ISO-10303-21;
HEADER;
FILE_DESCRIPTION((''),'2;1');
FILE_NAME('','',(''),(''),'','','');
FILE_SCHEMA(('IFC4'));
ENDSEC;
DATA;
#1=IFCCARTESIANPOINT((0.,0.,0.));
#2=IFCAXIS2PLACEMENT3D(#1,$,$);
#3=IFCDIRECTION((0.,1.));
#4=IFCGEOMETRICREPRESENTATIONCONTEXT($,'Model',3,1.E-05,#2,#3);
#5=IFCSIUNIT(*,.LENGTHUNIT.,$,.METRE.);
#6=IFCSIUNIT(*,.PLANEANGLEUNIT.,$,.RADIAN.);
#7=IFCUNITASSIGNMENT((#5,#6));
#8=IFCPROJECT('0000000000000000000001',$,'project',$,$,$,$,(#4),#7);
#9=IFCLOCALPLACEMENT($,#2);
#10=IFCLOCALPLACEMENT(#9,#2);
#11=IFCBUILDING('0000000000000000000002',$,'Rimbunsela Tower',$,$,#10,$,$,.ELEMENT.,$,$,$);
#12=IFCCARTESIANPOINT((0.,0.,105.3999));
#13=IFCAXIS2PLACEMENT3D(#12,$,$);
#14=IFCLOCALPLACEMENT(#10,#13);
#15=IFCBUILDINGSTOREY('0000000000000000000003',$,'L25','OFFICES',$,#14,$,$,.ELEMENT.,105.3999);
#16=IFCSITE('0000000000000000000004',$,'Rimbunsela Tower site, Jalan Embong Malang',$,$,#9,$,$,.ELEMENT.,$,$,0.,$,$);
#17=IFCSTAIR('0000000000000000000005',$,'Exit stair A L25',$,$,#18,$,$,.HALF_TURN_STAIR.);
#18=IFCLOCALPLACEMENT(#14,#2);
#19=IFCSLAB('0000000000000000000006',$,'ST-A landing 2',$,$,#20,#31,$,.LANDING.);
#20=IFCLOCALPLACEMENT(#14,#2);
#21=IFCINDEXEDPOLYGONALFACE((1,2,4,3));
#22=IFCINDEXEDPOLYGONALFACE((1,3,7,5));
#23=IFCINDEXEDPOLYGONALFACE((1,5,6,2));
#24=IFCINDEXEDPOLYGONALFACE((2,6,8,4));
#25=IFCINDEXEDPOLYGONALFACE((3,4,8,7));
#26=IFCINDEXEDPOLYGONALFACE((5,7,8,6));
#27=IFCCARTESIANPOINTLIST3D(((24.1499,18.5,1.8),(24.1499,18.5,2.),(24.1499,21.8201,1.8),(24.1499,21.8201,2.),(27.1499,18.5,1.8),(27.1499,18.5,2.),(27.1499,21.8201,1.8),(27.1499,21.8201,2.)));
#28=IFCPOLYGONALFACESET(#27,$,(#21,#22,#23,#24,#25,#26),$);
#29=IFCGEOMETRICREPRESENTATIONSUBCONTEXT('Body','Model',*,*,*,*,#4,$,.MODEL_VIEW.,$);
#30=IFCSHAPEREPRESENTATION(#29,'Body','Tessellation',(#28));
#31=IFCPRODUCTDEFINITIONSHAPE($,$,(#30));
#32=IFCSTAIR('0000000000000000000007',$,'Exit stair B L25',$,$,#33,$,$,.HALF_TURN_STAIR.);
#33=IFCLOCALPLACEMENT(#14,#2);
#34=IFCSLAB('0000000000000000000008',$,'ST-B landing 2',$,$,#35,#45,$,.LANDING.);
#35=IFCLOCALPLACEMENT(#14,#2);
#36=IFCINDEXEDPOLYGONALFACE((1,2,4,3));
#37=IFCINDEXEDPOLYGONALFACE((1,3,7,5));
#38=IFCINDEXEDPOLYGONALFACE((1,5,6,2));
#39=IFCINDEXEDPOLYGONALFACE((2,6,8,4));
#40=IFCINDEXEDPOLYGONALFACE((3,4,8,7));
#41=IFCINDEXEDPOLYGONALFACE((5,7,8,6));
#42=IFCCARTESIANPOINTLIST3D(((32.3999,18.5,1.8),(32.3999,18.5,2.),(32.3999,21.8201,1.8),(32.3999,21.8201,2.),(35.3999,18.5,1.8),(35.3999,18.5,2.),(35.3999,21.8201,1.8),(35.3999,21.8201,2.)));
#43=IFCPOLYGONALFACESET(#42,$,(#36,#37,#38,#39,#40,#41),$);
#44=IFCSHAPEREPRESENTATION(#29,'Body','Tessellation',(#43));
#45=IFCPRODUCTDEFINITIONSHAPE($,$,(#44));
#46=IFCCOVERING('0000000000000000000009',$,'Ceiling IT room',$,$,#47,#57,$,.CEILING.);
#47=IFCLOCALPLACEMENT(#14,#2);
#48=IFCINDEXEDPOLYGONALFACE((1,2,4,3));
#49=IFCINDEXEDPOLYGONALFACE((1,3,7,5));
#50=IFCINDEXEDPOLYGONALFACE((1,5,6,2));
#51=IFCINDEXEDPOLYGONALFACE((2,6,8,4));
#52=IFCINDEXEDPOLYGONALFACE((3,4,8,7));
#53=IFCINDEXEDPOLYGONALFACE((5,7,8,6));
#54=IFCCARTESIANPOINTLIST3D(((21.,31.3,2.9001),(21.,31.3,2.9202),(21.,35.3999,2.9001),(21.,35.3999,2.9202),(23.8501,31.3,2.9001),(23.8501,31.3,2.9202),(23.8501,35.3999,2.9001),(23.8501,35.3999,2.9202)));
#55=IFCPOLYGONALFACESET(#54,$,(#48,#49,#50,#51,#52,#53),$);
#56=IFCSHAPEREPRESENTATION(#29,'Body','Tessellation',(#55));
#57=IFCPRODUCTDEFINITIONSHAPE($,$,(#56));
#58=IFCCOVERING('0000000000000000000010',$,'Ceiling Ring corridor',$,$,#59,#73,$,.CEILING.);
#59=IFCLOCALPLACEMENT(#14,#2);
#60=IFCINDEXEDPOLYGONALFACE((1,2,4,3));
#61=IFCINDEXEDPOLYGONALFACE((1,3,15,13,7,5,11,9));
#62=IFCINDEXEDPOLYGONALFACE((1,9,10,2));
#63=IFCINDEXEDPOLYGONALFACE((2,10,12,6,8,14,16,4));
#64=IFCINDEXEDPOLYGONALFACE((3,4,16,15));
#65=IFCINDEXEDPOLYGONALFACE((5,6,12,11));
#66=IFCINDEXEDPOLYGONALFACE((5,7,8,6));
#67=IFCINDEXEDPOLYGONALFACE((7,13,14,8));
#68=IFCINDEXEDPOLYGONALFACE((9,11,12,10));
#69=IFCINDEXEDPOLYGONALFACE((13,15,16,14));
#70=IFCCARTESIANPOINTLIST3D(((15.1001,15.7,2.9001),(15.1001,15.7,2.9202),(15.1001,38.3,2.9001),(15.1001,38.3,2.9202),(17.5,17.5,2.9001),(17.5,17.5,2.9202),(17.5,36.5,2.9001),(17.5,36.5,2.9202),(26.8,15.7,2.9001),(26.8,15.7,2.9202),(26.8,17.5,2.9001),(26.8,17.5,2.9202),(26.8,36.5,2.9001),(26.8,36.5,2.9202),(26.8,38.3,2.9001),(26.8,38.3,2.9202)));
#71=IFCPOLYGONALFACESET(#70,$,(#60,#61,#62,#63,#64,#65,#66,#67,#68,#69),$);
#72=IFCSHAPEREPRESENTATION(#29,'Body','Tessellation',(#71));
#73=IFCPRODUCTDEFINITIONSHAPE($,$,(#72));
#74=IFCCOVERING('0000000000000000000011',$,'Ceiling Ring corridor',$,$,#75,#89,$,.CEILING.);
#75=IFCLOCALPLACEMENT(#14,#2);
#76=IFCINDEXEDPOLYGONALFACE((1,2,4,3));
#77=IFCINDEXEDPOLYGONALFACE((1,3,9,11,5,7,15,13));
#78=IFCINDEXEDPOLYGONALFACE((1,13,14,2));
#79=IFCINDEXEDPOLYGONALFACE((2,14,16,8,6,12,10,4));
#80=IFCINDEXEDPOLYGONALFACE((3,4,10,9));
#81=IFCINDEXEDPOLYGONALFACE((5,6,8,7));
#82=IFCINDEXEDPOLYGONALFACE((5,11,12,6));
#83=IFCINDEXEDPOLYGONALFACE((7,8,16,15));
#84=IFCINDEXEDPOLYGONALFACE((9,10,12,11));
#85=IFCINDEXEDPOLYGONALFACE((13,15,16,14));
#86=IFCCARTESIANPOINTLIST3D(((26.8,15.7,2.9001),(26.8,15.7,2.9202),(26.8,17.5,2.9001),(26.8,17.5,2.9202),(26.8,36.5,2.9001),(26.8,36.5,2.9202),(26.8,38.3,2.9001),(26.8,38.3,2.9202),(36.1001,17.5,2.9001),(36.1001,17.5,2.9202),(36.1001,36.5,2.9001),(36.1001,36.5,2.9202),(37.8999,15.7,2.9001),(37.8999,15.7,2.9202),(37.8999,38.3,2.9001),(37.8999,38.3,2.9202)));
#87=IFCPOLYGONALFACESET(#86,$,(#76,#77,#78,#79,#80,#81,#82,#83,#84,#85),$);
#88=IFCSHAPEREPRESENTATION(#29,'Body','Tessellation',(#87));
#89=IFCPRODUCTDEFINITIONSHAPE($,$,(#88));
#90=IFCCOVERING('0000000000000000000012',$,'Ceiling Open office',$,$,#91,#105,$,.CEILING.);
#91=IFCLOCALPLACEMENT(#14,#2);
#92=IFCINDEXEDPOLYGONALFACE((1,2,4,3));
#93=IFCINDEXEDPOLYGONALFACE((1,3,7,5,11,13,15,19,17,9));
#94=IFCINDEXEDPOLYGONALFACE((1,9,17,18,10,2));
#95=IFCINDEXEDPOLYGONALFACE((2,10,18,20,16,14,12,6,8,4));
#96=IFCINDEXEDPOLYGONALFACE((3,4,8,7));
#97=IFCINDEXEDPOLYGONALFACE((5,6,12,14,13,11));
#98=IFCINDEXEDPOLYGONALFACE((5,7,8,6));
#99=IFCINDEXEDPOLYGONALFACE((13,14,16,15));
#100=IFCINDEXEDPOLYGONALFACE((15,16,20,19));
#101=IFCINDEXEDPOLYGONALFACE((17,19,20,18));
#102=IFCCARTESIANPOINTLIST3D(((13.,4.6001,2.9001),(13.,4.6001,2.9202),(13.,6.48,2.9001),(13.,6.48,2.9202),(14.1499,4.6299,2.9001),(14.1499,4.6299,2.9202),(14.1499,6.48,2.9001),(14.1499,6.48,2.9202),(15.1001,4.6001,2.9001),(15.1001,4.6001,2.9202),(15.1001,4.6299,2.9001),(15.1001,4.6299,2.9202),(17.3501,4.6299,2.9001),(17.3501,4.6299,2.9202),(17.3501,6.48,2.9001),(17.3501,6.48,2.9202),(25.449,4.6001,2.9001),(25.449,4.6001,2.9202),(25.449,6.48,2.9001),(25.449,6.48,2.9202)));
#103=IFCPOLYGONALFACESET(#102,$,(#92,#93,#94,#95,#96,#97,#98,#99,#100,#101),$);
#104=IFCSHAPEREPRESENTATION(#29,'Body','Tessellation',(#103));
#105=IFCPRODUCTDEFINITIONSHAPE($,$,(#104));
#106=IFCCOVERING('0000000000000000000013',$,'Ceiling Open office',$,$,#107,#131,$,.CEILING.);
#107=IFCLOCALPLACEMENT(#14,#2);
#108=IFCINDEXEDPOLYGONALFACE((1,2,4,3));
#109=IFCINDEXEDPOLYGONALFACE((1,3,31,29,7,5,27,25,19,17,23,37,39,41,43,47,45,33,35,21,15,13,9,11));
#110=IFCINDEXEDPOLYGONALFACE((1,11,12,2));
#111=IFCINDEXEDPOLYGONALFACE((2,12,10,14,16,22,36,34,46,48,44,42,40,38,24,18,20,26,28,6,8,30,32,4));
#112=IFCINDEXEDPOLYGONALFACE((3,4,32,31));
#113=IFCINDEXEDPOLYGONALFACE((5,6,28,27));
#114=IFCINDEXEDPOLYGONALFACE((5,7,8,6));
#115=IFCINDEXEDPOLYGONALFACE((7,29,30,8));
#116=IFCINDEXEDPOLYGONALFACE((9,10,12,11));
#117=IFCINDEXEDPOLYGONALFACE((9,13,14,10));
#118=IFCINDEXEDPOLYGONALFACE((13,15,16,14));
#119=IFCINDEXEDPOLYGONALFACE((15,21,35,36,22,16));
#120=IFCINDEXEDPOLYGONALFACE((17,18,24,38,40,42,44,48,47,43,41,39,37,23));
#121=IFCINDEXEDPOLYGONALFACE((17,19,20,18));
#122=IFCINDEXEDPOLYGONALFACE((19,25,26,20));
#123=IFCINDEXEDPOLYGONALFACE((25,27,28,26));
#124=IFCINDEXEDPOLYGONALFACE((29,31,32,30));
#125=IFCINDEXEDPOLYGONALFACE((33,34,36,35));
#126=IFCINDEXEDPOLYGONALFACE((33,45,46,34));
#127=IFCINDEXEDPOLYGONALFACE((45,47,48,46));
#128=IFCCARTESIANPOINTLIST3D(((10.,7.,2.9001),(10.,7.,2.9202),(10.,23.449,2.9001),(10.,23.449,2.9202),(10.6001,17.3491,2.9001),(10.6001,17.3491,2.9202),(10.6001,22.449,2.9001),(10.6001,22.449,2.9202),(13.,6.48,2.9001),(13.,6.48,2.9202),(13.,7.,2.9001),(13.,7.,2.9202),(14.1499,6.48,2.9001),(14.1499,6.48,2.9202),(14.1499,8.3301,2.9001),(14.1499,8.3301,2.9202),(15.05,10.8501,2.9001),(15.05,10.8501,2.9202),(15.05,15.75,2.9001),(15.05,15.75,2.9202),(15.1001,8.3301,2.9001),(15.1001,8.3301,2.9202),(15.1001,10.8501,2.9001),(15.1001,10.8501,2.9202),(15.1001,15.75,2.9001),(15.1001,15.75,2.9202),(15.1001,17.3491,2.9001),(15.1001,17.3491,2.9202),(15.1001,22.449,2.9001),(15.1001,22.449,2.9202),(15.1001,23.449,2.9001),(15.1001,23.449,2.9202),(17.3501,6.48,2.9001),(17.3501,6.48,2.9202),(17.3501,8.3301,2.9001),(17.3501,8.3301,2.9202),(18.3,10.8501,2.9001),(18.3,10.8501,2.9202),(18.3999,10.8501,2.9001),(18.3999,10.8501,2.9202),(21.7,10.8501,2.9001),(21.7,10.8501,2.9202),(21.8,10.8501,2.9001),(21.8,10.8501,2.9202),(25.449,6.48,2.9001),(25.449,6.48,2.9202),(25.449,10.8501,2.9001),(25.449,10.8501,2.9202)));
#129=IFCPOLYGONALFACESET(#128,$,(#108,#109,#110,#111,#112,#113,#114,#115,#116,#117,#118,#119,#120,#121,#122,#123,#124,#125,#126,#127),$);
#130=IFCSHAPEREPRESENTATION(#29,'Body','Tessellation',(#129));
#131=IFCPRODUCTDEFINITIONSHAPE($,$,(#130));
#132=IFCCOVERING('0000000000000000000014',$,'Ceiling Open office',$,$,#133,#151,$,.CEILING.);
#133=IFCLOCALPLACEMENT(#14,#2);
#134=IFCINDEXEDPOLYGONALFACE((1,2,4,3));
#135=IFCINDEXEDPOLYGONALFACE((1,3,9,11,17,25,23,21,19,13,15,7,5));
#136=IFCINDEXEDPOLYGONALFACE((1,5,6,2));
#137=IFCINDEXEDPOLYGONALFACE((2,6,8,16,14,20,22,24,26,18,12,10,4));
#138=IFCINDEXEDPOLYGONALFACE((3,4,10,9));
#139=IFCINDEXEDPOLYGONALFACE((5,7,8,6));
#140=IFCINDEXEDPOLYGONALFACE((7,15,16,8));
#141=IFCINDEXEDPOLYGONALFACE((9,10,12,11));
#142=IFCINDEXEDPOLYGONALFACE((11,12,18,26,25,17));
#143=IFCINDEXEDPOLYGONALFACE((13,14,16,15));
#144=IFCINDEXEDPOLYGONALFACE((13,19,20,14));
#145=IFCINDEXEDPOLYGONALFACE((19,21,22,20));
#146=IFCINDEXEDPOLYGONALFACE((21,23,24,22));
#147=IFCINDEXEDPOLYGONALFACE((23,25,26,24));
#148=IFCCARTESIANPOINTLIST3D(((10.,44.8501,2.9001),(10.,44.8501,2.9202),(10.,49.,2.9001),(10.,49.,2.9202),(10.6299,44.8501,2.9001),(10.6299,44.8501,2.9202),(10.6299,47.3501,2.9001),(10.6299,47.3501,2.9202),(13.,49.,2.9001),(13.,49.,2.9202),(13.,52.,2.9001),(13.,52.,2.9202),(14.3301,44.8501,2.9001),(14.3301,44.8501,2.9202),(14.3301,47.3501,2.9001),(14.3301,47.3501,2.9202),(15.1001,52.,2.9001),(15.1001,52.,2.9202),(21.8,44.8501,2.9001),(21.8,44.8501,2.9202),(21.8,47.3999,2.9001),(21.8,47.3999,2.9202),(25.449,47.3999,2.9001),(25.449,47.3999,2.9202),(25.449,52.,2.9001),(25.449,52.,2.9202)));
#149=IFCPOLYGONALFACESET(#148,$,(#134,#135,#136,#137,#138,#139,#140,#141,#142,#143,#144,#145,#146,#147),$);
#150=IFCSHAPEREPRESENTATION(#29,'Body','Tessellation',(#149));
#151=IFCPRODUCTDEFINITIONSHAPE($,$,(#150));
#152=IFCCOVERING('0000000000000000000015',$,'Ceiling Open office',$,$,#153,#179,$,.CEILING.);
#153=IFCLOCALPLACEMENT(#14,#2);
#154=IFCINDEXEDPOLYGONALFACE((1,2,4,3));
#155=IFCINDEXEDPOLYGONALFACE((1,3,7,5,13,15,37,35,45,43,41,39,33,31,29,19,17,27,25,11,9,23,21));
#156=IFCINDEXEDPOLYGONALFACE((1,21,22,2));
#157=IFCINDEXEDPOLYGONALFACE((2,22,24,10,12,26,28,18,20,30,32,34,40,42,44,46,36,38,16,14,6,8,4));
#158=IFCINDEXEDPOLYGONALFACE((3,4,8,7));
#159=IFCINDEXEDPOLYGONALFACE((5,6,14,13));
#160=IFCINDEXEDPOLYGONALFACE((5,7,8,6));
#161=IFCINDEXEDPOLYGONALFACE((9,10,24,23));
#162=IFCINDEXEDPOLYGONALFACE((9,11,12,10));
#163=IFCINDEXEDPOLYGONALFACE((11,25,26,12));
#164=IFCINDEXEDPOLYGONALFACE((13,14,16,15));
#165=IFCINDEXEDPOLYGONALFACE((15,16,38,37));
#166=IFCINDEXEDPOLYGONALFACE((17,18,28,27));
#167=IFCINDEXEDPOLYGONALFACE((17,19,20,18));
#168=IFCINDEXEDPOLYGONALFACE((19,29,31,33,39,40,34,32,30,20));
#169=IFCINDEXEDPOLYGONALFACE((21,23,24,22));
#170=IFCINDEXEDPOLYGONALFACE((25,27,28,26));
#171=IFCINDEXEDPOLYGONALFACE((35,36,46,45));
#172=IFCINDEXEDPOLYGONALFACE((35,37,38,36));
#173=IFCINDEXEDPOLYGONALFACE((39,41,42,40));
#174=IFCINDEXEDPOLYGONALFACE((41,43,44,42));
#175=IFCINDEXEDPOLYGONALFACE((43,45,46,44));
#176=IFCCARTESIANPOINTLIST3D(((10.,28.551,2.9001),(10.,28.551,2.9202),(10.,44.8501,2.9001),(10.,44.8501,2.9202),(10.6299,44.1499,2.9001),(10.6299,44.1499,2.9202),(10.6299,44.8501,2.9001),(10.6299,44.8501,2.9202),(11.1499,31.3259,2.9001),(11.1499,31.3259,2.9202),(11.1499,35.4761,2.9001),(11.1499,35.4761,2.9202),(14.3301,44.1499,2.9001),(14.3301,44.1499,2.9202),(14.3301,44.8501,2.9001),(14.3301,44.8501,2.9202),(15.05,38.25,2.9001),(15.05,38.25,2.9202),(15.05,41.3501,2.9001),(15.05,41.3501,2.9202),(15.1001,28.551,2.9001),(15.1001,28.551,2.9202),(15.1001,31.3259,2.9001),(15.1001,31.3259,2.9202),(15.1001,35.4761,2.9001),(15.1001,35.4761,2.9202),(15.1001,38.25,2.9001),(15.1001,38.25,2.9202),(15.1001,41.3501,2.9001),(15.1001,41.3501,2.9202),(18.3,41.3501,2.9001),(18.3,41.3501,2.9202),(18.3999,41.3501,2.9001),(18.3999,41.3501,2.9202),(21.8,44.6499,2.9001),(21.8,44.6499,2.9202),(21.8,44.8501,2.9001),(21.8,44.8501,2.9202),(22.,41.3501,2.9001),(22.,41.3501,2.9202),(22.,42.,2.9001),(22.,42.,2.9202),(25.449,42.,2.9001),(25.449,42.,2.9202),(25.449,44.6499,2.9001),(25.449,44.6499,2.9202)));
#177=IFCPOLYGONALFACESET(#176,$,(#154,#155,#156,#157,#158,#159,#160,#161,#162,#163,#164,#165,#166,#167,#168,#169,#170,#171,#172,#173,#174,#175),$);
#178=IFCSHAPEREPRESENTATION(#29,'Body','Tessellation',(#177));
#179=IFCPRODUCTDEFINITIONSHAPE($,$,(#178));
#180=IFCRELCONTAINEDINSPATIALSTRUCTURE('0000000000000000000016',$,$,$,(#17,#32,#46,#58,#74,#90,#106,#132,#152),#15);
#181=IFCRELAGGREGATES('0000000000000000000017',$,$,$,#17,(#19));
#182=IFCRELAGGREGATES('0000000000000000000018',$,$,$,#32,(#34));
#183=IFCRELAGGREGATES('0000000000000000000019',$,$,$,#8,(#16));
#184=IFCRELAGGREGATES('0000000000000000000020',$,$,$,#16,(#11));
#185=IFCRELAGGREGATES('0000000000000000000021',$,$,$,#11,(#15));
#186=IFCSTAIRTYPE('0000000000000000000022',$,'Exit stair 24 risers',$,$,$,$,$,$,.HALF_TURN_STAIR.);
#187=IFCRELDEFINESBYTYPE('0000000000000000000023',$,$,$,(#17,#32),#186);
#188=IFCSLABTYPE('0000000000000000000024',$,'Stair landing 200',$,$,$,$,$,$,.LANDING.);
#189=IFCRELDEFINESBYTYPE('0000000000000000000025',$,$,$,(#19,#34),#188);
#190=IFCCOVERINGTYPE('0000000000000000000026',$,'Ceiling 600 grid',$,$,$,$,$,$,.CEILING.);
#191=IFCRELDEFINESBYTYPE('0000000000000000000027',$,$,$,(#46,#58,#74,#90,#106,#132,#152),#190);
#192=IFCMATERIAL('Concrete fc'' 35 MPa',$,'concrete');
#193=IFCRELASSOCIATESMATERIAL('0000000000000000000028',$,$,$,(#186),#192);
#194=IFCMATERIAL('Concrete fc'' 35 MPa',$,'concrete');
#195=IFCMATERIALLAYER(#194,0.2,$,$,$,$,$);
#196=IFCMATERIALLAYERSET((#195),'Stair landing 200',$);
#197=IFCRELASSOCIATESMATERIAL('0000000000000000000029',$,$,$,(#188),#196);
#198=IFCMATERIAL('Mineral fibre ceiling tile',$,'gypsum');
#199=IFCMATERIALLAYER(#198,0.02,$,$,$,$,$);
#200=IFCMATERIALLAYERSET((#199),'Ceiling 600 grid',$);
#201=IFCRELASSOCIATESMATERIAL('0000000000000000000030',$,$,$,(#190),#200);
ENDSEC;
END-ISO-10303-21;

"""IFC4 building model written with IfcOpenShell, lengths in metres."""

from ifc_helpers import new_model, si_unit, direction, frame, origin, place, context, subcontext, project, spatial, polyline, outline, extrude, material, layer, layer_set, type_object, element, aggregate, save


model = new_model("IFC4")

# Units and contexts
model_context = context("Model", 3, precision=1e-05, world=origin(), true_north=direction((0.0, 1.0)))
body_context = subcontext(model_context, "Body", "Model", "MODEL_VIEW")
ifc_project = project(units=[si_unit("LENGTHUNIT", "METRE"), si_unit("PLANEANGLEUNIT", "RADIAN")], contexts=[model_context])

# Site, building, storey
site_placement = place(None, origin())
site = spatial("IfcSite", under=ifc_project, at=site_placement, Name="Rimbunsela Tower site, Jalan Embong Malang", CompositionType="ELEMENT", RefElevation=0.0)
building_placement = place(site_placement, origin())
building = spatial("IfcBuilding", under=site, at=building_placement, Name="Rimbunsela Tower", CompositionType="ELEMENT")
storey_placement = place(building_placement, frame((0.0, 0.0, 105.3999)))
storey = spatial("IfcBuildingStorey", under=building, at=storey_placement, Name="L25", Description="OFFICES", CompositionType="ELEMENT", Elevation=105.3999)

# Stairs, slabs
ifc_material_1 = material(Name="Concrete fc' 35 MPa", Category="concrete")
stair_type = type_object("IfcStairType", Name="Exit stair 24 risers", PredefinedType="HALF_TURN_STAIR", material=ifc_material_1)
stair_1_placement = place(storey_placement, origin())
stair_1 = element("IfcStair", 1, at=stair_1_placement, inside=storey, type_object=stair_type, Name="Exit stair A L25", PredefinedType="HALF_TURN_STAIR")
ifc_material_2 = material(Name="Concrete fc' 35 MPa", Category="concrete")
ifc_layer_1 = layer(ifc_material_2, 0.2)
ifc_layer_set_1 = layer_set([ifc_layer_1], Name="Stair landing 200")
slab_type = type_object("IfcSlabType", Name="Stair landing 200", PredefinedType="LANDING", material=ifc_layer_set_1)
slab_1_placement = place(storey_placement, frame((0.0, 0.0, 1.8)))
slab_1 = element("IfcSlab", 2, at=slab_1_placement, type_object=slab_type, Name="ST-A landing 2", PredefinedType="LANDING", context=body_context, shape_type="SweptSolid", body=[
    extrude(outline(polyline([(24.1499, 18.5), (27.1499, 18.5), (27.1499, 21.8201), (24.1499, 21.8201), (24.1499, 18.5)])), origin(), (0.0, 0.0, 1.0), 0.2),
])
aggregate(stair_1, [slab_1])
stair_2_placement = place(storey_placement, origin())
stair_2 = element("IfcStair", 3, at=stair_2_placement, inside=storey, type_object=stair_type, Name="Exit stair B L25", PredefinedType="HALF_TURN_STAIR")
slab_2_placement = place(storey_placement, frame((0.0, 0.0, 1.8)))
slab_2 = element("IfcSlab", 4, at=slab_2_placement, type_object=slab_type, Name="ST-B landing 2", PredefinedType="LANDING", context=body_context, shape_type="SweptSolid", body=[
    extrude(outline(polyline([(32.3999, 18.5), (35.3999, 18.5), (35.3999, 21.8201), (32.3999, 21.8201), (32.3999, 18.5)])), origin(), (0.0, 0.0, 1.0), 0.2),
])
aggregate(stair_2, [slab_2])

# Coverings
ifc_material_3 = material(Name="Mineral fibre ceiling tile", Category="gypsum")
ifc_layer_2 = layer(ifc_material_3, 0.02)
ifc_layer_set_2 = layer_set([ifc_layer_2], Name="Ceiling 600 grid")
covering_type_1 = type_object("IfcCoveringType", Name="Ceiling 600 grid", PredefinedType="CEILING", material=ifc_layer_set_2)
covering_1_placement = place(storey_placement, frame((0.0, 0.0, 2.9001)))
element("IfcCovering", 5, at=covering_1_placement, inside=storey, type_object=covering_type_1, Name="Ceiling IT room", PredefinedType="CEILING", context=body_context, shape_type="SweptSolid", body=[
    extrude(outline(polyline([(23.8501, 31.3), (23.8501, 35.3999), (21.0, 35.3999), (21.0, 31.3), (23.8501, 31.3)])), origin(), (0.0, 0.0, 1.0), 0.02),
])
covering_2_placement = place(storey_placement, frame((0.0, 0.0, 2.9001)))
element("IfcCovering", 6, at=covering_2_placement, inside=storey, type_object=covering_type_1, Name="Ceiling Ring corridor", PredefinedType="CEILING", context=body_context, shape_type="SweptSolid", body=[
    extrude(outline(polyline([(15.1001, 38.3), (26.8, 38.3), (26.8, 36.5), (17.5, 36.5), (17.5, 17.5), (26.8, 17.5), (26.8, 15.7), (15.1001, 15.7), (15.1001, 38.3)])), origin(), (0.0, 0.0, 1.0), 0.02),
])
covering_3_placement = place(storey_placement, frame((0.0, 0.0, 2.9001)))
element("IfcCovering", 7, at=covering_3_placement, inside=storey, type_object=covering_type_1, Name="Ceiling Ring corridor", PredefinedType="CEILING", context=body_context, shape_type="SweptSolid", body=[
    extrude(outline(polyline([(37.8999, 38.3), (37.8999, 15.7), (26.8, 15.7), (26.8, 17.5), (36.1001, 17.5), (36.1001, 36.5), (26.8, 36.5), (26.8, 38.3), (37.8999, 38.3)])), origin(), (0.0, 0.0, 1.0), 0.02),
])
covering_4_placement = place(storey_placement, frame((0.0, 0.0, 2.9001)))
element("IfcCovering", 8, at=covering_4_placement, inside=storey, type_object=covering_type_1, Name="Ceiling Open office", PredefinedType="CEILING", context=body_context, shape_type="SweptSolid", body=[
    extrude(outline(polyline([(25.449, 6.48), (25.449, 4.6001), (15.1001, 4.6001), (13.0, 4.6001), (13.0, 6.48), (14.1499, 6.48), (14.1499, 4.6299), (15.1001, 4.6299), (17.3501, 4.6299), (17.3501, 6.48), (25.449, 6.48)])), origin(), (0.0, 0.0, 1.0), 0.02),
])
covering_5_placement = place(storey_placement, frame((0.0, 0.0, 2.9001)))
element("IfcCovering", 9, at=covering_5_placement, inside=storey, type_object=covering_type_1, Name="Ceiling Open office", PredefinedType="CEILING", context=body_context, shape_type="SweptSolid", body=[
    extrude(outline(polyline([(18.3999, 10.8501), (21.7, 10.8501), (21.8, 10.8501), (25.449, 10.8501), (25.449, 6.48), (17.3501, 6.48), (17.3501, 8.3301), (15.1001, 8.3301), (14.1499, 8.3301), (14.1499, 6.48), (13.0, 6.48), (13.0, 7.0), (10.0, 7.0), (10.0, 23.449), (15.1001, 23.449), (15.1001, 22.449), (10.6001, 22.449), (10.6001, 17.3491), (15.1001, 17.3491), (15.1001, 15.75), (15.05, 15.75), (15.05, 10.8501), (15.1001, 10.8501), (18.3, 10.8501), (18.3999, 10.8501)])), origin(), (0.0, 0.0, 1.0), 0.02),
])
covering_6_placement = place(storey_placement, frame((0.0, 0.0, 2.9001)))
element("IfcCovering", 10, at=covering_6_placement, inside=storey, type_object=covering_type_1, Name="Ceiling Open office", PredefinedType="CEILING", context=body_context, shape_type="SweptSolid", body=[
    extrude(outline(polyline([(13.0, 49.0), (13.0, 52.0), (15.1001, 52.0), (25.449, 52.0), (25.449, 47.3999), (21.8, 47.3999), (21.8, 44.8501), (14.3301, 44.8501), (14.3301, 47.3501), (10.6299, 47.3501), (10.6299, 44.8501), (10.0, 44.8501), (10.0, 49.0), (13.0, 49.0)])), origin(), (0.0, 0.0, 1.0), 0.02),
])
covering_7_placement = place(storey_placement, frame((0.0, 0.0, 2.9001)))
element("IfcCovering", 11, at=covering_7_placement, inside=storey, type_object=covering_type_1, Name="Ceiling Open office", PredefinedType="CEILING", context=body_context, shape_type="SweptSolid", body=[
    extrude(outline(polyline([(21.8, 44.8501), (21.8, 44.6499), (25.449, 44.6499), (25.449, 42.0), (22.0, 42.0), (22.0, 41.3501), (18.3999, 41.3501), (18.3, 41.3501), (15.1001, 41.3501), (15.05, 41.3501), (15.05, 38.25), (15.1001, 38.25), (15.1001, 35.4761), (11.1499, 35.4761), (11.1499, 31.3259), (15.1001, 31.3259), (15.1001, 28.551), (10.0, 28.551), (10.0, 44.8501), (10.6299, 44.8501), (10.6299, 44.1499), (14.3301, 44.1499), (14.3301, 44.8501), (21.8, 44.8501)])), origin(), (0.0, 0.0, 1.0), 0.02),
])

save(model, "model.ifc")
